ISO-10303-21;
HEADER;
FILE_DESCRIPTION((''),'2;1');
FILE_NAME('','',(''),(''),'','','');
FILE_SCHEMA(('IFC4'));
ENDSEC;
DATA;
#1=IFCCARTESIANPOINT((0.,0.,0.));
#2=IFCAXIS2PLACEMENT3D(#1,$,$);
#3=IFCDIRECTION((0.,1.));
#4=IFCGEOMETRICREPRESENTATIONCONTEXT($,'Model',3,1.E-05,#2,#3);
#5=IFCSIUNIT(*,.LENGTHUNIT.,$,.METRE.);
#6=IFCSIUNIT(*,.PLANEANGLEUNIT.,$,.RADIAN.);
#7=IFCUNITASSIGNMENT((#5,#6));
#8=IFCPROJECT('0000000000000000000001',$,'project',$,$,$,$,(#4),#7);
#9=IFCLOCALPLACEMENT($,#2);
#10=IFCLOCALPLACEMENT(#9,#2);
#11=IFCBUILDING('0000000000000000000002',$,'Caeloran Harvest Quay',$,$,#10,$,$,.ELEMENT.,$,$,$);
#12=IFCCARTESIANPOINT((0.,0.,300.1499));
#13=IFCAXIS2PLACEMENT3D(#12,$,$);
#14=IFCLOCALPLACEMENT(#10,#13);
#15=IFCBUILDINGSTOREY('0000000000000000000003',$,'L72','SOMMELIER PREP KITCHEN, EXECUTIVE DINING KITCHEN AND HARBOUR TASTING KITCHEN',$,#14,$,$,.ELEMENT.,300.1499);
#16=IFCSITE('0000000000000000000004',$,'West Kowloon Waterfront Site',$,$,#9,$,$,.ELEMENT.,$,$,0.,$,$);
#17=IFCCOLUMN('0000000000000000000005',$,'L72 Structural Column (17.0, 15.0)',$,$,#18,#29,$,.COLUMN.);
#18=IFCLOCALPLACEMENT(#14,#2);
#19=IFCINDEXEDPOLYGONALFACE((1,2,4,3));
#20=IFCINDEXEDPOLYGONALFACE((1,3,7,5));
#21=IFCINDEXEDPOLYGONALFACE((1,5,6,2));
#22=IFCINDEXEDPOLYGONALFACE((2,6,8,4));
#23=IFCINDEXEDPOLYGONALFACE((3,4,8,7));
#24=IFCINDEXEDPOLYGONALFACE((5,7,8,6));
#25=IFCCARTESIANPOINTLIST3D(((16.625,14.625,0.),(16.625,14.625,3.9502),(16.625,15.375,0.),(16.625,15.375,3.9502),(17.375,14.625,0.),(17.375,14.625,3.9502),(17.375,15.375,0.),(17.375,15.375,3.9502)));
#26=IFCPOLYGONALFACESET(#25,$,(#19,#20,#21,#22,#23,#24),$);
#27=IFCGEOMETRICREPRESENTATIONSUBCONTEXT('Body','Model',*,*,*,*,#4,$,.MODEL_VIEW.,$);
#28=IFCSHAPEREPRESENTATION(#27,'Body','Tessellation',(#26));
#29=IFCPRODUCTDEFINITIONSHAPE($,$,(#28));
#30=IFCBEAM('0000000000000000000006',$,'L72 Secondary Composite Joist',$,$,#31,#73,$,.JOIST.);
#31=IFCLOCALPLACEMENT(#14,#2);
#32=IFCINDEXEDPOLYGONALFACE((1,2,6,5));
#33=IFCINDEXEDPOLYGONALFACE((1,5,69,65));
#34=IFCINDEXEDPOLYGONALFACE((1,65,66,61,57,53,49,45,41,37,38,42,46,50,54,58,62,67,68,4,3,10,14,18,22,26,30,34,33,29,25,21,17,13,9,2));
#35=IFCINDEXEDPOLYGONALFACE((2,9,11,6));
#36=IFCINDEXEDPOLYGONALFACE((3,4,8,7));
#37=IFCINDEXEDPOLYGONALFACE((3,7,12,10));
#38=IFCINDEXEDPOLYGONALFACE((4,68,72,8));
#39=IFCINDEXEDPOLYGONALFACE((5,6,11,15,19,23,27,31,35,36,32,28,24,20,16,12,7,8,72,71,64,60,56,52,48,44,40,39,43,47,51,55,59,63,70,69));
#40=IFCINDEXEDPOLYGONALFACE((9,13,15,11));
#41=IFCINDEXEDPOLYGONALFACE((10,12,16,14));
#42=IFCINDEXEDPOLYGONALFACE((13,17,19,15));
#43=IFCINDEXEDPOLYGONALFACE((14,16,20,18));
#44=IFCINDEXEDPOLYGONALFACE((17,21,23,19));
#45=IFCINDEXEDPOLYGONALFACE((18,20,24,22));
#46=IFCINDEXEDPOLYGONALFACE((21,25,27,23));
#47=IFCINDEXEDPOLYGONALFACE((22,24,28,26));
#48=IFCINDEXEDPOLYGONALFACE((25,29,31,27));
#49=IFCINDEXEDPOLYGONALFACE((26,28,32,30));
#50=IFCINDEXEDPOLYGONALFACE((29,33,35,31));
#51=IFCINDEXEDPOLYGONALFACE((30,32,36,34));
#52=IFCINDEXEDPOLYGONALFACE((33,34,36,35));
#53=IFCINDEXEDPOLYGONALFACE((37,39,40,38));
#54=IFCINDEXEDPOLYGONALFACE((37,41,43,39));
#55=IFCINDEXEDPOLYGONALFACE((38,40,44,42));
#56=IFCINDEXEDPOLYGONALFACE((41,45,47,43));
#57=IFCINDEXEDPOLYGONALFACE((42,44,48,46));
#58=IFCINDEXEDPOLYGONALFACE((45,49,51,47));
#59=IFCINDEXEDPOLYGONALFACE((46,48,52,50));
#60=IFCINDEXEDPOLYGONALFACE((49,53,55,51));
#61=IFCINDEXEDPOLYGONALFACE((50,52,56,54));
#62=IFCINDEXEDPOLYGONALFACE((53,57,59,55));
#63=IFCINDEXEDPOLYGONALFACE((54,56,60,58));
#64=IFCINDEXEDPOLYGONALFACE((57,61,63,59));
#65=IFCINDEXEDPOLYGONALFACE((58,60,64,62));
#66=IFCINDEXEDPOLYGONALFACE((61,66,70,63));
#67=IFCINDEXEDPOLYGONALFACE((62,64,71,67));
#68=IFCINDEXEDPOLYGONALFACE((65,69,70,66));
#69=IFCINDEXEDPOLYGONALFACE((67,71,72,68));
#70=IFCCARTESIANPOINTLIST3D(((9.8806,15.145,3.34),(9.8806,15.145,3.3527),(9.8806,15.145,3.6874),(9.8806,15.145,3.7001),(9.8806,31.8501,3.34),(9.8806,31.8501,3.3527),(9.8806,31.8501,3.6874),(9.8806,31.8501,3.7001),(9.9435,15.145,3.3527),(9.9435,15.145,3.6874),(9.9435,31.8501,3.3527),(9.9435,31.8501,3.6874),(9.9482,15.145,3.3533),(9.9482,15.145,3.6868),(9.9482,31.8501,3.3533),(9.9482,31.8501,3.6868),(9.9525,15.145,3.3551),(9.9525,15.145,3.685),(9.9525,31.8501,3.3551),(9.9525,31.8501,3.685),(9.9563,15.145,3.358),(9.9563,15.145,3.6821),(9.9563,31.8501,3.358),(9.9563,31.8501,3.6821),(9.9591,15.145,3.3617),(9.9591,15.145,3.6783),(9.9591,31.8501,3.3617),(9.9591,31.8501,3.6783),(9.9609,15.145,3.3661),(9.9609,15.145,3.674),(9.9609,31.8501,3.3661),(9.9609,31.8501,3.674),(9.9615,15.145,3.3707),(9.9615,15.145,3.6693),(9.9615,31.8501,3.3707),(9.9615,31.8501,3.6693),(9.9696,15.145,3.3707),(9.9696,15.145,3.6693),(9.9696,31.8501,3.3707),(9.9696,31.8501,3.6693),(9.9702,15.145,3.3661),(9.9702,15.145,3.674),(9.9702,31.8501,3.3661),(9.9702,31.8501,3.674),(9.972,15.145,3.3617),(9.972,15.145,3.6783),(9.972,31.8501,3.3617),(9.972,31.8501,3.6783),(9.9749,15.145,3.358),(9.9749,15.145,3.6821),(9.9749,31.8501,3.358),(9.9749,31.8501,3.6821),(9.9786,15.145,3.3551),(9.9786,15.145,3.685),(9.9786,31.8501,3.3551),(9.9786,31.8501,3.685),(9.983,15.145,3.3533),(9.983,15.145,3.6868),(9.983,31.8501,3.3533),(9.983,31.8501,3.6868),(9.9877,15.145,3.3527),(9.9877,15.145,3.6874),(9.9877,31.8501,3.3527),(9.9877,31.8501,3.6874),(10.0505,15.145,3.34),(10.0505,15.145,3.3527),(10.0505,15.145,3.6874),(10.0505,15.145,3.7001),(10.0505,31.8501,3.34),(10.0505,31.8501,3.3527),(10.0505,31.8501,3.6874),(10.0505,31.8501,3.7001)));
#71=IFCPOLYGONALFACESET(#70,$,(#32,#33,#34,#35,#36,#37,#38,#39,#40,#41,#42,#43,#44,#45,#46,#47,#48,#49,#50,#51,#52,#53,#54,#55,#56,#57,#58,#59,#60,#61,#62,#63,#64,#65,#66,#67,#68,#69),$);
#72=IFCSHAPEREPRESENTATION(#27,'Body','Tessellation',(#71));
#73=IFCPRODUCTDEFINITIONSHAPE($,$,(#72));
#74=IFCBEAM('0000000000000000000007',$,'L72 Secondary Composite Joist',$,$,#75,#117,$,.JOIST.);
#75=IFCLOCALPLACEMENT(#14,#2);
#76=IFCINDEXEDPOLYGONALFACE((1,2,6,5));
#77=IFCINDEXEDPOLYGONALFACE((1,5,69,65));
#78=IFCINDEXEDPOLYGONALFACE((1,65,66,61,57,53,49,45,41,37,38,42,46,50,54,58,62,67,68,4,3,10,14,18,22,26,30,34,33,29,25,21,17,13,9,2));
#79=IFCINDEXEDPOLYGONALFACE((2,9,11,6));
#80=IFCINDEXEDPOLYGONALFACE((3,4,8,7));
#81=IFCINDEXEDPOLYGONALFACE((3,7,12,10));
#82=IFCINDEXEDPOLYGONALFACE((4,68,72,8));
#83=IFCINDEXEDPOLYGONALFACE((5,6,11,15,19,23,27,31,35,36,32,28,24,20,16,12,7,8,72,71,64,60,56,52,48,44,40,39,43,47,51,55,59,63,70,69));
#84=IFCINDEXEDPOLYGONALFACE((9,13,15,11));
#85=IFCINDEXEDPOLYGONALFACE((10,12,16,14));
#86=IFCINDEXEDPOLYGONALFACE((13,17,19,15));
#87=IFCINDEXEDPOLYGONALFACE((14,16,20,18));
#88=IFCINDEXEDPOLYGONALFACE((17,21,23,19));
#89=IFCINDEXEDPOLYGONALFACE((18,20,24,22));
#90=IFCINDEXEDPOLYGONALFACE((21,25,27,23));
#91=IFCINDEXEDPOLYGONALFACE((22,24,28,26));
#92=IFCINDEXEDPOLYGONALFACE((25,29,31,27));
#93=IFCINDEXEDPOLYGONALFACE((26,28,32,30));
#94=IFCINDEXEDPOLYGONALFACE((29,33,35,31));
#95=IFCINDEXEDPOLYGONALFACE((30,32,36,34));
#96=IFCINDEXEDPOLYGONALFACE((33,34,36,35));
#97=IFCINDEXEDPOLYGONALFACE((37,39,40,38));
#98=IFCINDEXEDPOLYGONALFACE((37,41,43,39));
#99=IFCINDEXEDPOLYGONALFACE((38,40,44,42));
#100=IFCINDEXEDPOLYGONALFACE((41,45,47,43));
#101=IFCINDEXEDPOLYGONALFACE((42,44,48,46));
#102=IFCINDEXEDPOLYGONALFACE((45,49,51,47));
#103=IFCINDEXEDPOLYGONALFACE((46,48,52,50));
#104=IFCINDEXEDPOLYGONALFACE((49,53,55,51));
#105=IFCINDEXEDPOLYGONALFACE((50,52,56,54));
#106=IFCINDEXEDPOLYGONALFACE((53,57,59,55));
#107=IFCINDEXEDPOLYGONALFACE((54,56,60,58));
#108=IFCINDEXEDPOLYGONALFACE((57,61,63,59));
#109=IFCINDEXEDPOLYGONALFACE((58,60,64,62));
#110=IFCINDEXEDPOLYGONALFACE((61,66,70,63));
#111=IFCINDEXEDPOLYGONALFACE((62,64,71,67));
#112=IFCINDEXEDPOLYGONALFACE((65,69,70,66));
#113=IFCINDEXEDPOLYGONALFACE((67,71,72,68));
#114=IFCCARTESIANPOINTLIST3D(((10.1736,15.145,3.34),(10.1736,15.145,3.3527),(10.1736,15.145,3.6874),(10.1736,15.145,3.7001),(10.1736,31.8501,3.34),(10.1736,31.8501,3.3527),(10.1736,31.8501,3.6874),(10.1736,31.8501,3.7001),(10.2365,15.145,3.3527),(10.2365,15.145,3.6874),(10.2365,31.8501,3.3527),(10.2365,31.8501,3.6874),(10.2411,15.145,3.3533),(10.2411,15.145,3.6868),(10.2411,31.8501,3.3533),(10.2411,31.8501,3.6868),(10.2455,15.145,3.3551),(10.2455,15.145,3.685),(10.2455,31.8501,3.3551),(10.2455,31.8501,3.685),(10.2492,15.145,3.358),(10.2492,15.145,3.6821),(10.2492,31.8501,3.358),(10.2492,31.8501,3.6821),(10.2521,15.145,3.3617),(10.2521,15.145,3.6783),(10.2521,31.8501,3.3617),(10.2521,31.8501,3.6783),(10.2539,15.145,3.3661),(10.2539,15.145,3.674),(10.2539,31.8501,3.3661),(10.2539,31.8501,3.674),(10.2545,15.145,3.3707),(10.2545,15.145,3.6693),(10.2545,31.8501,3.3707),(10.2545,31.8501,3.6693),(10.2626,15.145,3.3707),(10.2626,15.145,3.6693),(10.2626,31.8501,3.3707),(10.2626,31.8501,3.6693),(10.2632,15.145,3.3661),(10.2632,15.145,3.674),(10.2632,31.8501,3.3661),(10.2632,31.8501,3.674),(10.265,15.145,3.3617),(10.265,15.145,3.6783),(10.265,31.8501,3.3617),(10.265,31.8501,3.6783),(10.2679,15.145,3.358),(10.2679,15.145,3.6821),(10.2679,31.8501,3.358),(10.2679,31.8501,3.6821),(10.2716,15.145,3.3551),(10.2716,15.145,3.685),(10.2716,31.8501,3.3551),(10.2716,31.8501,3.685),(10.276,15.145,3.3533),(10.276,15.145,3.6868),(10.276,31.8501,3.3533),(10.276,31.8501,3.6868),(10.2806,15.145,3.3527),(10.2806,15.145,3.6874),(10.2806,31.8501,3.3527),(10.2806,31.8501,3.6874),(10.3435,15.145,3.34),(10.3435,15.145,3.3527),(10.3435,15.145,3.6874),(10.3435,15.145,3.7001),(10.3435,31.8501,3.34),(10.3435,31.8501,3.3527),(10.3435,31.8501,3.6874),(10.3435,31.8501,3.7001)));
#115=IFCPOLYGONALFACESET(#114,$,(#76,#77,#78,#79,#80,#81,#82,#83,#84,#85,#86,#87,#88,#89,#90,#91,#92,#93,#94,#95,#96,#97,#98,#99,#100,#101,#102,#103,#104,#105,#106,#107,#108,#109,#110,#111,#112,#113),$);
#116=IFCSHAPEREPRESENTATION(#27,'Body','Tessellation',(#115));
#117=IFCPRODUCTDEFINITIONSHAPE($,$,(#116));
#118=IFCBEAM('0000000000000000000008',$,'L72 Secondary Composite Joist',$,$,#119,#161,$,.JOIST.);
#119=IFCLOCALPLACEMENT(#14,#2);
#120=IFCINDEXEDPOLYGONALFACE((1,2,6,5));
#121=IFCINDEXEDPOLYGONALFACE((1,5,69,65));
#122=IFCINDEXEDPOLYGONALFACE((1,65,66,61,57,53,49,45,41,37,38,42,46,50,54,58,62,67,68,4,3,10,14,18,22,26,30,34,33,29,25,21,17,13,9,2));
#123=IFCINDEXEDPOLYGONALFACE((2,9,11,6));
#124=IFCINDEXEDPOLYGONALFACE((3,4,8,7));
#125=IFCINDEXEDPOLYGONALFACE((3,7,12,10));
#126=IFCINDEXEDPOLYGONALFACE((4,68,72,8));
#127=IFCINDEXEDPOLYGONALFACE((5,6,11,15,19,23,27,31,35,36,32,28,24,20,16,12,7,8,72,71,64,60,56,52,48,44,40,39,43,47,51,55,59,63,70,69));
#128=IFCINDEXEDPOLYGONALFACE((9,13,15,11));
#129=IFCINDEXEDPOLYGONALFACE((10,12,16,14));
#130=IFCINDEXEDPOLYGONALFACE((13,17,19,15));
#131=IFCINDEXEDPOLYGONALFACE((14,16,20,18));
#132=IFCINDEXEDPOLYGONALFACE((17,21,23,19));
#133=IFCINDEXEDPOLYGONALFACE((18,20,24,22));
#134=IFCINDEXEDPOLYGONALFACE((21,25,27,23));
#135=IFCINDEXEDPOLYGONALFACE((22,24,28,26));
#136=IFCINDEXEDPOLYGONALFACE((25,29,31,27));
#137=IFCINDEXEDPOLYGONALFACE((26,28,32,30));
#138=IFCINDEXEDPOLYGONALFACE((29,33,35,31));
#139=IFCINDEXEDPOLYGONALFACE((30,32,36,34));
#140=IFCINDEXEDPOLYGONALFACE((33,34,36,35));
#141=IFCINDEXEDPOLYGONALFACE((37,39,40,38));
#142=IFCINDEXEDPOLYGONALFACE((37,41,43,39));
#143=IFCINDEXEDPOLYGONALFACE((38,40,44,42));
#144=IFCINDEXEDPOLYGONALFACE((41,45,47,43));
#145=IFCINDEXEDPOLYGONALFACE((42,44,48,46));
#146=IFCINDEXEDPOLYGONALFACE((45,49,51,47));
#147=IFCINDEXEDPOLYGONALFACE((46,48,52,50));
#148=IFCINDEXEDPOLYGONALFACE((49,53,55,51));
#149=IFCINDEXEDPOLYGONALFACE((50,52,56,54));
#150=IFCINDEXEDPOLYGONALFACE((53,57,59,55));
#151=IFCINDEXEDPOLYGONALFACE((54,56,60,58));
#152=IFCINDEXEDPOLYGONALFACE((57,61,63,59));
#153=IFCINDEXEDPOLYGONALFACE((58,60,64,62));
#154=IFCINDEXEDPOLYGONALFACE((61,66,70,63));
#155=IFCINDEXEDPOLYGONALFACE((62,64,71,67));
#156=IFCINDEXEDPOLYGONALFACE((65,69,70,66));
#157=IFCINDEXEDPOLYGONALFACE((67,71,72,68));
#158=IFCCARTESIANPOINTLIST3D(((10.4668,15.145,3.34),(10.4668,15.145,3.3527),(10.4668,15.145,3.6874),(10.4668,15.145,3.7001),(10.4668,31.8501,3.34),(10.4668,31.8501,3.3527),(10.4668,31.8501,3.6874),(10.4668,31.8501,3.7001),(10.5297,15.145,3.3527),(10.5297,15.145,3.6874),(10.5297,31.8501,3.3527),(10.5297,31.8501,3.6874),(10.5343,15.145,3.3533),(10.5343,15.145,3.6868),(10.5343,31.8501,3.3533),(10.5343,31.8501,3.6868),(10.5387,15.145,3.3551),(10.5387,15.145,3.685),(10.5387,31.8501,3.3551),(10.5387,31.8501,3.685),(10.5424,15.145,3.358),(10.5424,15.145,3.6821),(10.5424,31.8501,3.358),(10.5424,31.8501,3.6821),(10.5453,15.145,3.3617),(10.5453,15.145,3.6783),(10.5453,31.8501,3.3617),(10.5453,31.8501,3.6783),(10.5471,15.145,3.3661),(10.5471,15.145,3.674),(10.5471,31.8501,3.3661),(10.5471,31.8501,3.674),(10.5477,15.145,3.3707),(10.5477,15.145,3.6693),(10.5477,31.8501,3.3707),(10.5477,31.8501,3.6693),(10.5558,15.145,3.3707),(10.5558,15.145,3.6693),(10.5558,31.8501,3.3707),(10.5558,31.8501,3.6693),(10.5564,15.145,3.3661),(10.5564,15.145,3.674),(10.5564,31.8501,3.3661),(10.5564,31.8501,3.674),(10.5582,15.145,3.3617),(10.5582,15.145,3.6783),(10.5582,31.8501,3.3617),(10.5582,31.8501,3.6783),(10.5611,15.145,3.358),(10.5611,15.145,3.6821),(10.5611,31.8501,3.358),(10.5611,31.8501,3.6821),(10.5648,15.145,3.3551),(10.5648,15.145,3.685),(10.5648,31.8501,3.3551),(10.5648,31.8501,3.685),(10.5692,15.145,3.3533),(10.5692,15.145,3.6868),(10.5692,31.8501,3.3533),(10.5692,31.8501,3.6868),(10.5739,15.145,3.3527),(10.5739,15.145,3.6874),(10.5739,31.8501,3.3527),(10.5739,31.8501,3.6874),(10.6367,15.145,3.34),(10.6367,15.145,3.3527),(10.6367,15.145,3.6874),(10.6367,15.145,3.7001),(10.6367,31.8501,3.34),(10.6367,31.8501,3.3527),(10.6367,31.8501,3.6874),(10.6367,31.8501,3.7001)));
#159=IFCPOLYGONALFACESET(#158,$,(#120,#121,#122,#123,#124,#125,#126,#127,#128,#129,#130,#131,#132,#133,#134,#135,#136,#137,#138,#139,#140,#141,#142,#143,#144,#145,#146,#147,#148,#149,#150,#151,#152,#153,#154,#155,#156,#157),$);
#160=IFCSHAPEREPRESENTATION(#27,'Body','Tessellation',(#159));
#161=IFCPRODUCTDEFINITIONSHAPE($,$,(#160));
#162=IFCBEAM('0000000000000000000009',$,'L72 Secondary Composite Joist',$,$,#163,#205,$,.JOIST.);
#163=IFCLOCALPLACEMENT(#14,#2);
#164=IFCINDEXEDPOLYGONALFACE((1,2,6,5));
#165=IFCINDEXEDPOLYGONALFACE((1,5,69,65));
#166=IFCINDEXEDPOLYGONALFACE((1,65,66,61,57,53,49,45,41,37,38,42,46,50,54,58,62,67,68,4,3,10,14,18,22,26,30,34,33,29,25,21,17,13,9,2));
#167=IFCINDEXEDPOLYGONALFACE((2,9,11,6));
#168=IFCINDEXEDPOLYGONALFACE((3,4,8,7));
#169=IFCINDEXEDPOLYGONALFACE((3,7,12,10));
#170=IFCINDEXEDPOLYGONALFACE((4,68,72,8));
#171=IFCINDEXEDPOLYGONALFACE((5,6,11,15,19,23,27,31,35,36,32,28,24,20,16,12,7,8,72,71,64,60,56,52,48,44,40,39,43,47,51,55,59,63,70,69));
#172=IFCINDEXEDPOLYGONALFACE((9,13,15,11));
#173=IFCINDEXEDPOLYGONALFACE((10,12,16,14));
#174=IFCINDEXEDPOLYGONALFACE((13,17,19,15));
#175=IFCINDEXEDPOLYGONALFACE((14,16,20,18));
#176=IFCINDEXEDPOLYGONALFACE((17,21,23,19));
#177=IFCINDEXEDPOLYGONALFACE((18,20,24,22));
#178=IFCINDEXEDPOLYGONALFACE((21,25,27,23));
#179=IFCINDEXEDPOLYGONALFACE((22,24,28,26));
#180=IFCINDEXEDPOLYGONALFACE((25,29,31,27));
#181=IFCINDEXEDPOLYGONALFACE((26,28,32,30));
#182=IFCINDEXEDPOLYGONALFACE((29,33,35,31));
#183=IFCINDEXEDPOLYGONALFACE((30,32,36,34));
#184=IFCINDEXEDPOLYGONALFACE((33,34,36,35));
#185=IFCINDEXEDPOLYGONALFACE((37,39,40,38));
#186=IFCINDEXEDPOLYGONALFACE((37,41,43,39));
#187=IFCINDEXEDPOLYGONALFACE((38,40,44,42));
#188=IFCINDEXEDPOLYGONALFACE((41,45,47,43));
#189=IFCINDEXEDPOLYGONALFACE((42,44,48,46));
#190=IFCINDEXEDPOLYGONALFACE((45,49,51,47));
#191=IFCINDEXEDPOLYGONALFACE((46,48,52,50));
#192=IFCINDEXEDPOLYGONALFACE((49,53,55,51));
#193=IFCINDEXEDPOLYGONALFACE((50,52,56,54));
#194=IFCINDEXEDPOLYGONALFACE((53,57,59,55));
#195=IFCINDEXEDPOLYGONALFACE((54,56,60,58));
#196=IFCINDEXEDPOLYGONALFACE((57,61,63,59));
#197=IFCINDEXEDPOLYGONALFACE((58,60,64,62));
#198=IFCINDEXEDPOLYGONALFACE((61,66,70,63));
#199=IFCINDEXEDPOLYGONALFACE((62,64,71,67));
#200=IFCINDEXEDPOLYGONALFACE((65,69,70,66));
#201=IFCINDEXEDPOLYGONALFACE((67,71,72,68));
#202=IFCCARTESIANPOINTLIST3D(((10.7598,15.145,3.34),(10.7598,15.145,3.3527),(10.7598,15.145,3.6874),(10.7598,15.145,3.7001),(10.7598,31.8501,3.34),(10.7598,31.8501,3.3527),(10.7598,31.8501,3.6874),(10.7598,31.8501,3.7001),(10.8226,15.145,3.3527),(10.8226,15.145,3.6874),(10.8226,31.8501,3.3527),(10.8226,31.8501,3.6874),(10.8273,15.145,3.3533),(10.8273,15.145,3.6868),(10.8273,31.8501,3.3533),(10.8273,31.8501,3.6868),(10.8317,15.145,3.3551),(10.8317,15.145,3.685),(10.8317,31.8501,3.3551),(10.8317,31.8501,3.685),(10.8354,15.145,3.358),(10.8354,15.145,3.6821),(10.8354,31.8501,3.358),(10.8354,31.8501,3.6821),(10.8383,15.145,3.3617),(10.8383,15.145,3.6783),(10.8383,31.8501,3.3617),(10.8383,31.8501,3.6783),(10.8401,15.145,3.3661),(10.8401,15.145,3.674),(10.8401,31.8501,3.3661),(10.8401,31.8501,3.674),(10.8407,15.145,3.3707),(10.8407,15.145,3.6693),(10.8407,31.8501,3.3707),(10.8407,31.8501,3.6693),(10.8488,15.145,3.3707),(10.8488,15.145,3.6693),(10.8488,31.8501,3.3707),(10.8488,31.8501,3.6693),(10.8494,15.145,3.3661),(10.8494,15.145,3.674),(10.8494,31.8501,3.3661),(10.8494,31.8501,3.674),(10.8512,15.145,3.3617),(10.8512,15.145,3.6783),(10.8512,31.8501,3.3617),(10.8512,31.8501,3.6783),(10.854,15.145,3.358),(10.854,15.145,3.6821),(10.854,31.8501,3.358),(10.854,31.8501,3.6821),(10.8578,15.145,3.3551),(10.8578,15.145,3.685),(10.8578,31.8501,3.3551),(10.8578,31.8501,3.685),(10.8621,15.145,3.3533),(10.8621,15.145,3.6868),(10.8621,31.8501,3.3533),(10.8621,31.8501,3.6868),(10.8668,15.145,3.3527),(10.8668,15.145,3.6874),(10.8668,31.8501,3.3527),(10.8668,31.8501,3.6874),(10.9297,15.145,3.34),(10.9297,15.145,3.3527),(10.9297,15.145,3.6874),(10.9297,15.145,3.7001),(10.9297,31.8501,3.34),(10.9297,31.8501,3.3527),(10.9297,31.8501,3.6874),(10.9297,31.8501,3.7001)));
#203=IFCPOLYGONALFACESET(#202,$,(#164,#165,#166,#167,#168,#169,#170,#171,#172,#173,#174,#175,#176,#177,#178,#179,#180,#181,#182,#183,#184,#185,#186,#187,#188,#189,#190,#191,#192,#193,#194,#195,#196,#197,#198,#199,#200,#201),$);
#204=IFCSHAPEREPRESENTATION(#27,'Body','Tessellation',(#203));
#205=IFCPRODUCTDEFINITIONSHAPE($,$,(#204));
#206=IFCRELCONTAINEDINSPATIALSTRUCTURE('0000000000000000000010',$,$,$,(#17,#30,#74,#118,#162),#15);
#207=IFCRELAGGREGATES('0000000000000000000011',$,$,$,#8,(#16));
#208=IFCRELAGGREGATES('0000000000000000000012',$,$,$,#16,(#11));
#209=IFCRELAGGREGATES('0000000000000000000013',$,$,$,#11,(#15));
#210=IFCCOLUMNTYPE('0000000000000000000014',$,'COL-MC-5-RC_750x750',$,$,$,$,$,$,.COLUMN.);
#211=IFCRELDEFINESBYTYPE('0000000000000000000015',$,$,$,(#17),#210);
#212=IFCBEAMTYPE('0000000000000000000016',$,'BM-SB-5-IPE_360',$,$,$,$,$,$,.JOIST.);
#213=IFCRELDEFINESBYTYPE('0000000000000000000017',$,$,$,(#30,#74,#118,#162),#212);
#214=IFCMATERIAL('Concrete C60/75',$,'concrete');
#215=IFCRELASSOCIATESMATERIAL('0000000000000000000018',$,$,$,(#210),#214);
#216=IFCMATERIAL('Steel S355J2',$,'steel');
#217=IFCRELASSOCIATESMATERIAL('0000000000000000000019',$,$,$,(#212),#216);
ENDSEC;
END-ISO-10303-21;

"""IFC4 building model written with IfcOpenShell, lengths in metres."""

from ifc_helpers import new_model, si_unit, direction, frame, origin, origin_2d, place, context, subcontext, project, spatial, rectangle, i_section, extrude, material, material_profile, profile_set, type_object, element, save


model = new_model("IFC4")

# Units and contexts
model_context = context("Model", 3, precision=1e-05, world=origin(), true_north=direction((0.0, 1.0)))
body_context = subcontext(model_context, "Body", "Model", "MODEL_VIEW")
ifc_project = project(units=[si_unit("LENGTHUNIT", "METRE"), si_unit("PLANEANGLEUNIT", "RADIAN")], contexts=[model_context])

# Site, building, storey
site_placement = place(None, origin())
site = spatial("IfcSite", under=ifc_project, at=site_placement, Name="West Kowloon Waterfront Site", CompositionType="ELEMENT", RefElevation=0.0)
building_placement = place(site_placement, origin())
building = spatial("IfcBuilding", under=site, at=building_placement, Name="Caeloran Harvest Quay", CompositionType="ELEMENT")
storey_placement = place(building_placement, frame((0.0, 0.0, 300.1499)))
storey = spatial("IfcBuildingStorey", under=building, at=storey_placement, Name="L72", Description="SOMMELIER PREP KITCHEN, EXECUTIVE DINING KITCHEN AND HARBOUR TASTING KITCHEN", CompositionType="ELEMENT", Elevation=300.1499)

# Column
ifc_material_1 = material(Name="Concrete C60/75", Category="concrete")
ifc_material_profile_1 = material_profile(ifc_material_1, rectangle(XDim=0.75, YDim=0.75, at=origin_2d()), Name="RC 750x750")
ifc_profile_set_1 = profile_set([ifc_material_profile_1], Name="Concrete C60/75")
column_type = type_object("IfcColumnType", Name="COL-MC-5-RC_750x750", PredefinedType="COLUMN", material=ifc_profile_set_1)
column_placement = place(storey_placement, frame((17.0, 15.0, 0.0), z_axis=(0.0, 0.0, 1.0), x_axis=(1.0, 0.0, 0.0)))
element("IfcColumn", 1, at=column_placement, inside=storey, type_object=column_type, Name="L72 Structural Column (17.0, 15.0)", PredefinedType="COLUMN", context=body_context, shape_type="SweptSolid", body=[
    extrude(rectangle(XDim=0.75, YDim=0.75, at=origin_2d()), origin(), (0.0, 0.0, 1.0), 3.9502),
])

# Beams
ifc_material_2 = material(Name="Steel S355J2", Category="steel")
ifc_material_profile_2 = material_profile(ifc_material_2, i_section(OverallWidth=0.1699, OverallDepth=0.3601, WebThickness=0.0081, FlangeThickness=0.0127, FilletRadius=0.0181, at=origin_2d()), Name="IPE 360")
ifc_profile_set_2 = profile_set([ifc_material_profile_2], Name="Steel S355J2")
beam_type_1 = type_object("IfcBeamType", Name="BM-SB-5-IPE_360", PredefinedType="JOIST", material=ifc_profile_set_2)
for number, where, z_axis, x_axis, name in (
    (2, (9.9656, 15.145, 3.52), (0.0, 1.0, 0.0), (-1.0, 0.0, 0.0), "L72 Secondary Composite Joist"),
    (3, (10.2585, 15.145, 3.52), (0.0, 1.0, 0.0), (-1.0, 0.0, 0.0), "L72 Secondary Composite Joist"),
    (4, (10.5518, 15.145, 3.52), (0.0, 1.0, 0.0), (-1.0, 0.0, 0.0), "L72 Secondary Composite Joist"),
    (5, (10.8447, 15.145, 3.52), (0.0, 1.0, 0.0), (-1.0, 0.0, 0.0), "L72 Secondary Composite Joist"),
):
    element("IfcBeam", number, at=place(storey_placement, frame(where, z_axis=z_axis, x_axis=x_axis)), inside=storey, type_object=beam_type_1, Name=name, PredefinedType="JOIST", context=body_context, shape_type="SweptSolid", body=[
        extrude(i_section(OverallWidth=0.1699, OverallDepth=0.3601, WebThickness=0.0081, FlangeThickness=0.0127, FilletRadius=0.0181, at=origin_2d()), origin(), (0.0, 0.0, 1.0), 16.7051),
    ])

save(model, "model.ifc")
